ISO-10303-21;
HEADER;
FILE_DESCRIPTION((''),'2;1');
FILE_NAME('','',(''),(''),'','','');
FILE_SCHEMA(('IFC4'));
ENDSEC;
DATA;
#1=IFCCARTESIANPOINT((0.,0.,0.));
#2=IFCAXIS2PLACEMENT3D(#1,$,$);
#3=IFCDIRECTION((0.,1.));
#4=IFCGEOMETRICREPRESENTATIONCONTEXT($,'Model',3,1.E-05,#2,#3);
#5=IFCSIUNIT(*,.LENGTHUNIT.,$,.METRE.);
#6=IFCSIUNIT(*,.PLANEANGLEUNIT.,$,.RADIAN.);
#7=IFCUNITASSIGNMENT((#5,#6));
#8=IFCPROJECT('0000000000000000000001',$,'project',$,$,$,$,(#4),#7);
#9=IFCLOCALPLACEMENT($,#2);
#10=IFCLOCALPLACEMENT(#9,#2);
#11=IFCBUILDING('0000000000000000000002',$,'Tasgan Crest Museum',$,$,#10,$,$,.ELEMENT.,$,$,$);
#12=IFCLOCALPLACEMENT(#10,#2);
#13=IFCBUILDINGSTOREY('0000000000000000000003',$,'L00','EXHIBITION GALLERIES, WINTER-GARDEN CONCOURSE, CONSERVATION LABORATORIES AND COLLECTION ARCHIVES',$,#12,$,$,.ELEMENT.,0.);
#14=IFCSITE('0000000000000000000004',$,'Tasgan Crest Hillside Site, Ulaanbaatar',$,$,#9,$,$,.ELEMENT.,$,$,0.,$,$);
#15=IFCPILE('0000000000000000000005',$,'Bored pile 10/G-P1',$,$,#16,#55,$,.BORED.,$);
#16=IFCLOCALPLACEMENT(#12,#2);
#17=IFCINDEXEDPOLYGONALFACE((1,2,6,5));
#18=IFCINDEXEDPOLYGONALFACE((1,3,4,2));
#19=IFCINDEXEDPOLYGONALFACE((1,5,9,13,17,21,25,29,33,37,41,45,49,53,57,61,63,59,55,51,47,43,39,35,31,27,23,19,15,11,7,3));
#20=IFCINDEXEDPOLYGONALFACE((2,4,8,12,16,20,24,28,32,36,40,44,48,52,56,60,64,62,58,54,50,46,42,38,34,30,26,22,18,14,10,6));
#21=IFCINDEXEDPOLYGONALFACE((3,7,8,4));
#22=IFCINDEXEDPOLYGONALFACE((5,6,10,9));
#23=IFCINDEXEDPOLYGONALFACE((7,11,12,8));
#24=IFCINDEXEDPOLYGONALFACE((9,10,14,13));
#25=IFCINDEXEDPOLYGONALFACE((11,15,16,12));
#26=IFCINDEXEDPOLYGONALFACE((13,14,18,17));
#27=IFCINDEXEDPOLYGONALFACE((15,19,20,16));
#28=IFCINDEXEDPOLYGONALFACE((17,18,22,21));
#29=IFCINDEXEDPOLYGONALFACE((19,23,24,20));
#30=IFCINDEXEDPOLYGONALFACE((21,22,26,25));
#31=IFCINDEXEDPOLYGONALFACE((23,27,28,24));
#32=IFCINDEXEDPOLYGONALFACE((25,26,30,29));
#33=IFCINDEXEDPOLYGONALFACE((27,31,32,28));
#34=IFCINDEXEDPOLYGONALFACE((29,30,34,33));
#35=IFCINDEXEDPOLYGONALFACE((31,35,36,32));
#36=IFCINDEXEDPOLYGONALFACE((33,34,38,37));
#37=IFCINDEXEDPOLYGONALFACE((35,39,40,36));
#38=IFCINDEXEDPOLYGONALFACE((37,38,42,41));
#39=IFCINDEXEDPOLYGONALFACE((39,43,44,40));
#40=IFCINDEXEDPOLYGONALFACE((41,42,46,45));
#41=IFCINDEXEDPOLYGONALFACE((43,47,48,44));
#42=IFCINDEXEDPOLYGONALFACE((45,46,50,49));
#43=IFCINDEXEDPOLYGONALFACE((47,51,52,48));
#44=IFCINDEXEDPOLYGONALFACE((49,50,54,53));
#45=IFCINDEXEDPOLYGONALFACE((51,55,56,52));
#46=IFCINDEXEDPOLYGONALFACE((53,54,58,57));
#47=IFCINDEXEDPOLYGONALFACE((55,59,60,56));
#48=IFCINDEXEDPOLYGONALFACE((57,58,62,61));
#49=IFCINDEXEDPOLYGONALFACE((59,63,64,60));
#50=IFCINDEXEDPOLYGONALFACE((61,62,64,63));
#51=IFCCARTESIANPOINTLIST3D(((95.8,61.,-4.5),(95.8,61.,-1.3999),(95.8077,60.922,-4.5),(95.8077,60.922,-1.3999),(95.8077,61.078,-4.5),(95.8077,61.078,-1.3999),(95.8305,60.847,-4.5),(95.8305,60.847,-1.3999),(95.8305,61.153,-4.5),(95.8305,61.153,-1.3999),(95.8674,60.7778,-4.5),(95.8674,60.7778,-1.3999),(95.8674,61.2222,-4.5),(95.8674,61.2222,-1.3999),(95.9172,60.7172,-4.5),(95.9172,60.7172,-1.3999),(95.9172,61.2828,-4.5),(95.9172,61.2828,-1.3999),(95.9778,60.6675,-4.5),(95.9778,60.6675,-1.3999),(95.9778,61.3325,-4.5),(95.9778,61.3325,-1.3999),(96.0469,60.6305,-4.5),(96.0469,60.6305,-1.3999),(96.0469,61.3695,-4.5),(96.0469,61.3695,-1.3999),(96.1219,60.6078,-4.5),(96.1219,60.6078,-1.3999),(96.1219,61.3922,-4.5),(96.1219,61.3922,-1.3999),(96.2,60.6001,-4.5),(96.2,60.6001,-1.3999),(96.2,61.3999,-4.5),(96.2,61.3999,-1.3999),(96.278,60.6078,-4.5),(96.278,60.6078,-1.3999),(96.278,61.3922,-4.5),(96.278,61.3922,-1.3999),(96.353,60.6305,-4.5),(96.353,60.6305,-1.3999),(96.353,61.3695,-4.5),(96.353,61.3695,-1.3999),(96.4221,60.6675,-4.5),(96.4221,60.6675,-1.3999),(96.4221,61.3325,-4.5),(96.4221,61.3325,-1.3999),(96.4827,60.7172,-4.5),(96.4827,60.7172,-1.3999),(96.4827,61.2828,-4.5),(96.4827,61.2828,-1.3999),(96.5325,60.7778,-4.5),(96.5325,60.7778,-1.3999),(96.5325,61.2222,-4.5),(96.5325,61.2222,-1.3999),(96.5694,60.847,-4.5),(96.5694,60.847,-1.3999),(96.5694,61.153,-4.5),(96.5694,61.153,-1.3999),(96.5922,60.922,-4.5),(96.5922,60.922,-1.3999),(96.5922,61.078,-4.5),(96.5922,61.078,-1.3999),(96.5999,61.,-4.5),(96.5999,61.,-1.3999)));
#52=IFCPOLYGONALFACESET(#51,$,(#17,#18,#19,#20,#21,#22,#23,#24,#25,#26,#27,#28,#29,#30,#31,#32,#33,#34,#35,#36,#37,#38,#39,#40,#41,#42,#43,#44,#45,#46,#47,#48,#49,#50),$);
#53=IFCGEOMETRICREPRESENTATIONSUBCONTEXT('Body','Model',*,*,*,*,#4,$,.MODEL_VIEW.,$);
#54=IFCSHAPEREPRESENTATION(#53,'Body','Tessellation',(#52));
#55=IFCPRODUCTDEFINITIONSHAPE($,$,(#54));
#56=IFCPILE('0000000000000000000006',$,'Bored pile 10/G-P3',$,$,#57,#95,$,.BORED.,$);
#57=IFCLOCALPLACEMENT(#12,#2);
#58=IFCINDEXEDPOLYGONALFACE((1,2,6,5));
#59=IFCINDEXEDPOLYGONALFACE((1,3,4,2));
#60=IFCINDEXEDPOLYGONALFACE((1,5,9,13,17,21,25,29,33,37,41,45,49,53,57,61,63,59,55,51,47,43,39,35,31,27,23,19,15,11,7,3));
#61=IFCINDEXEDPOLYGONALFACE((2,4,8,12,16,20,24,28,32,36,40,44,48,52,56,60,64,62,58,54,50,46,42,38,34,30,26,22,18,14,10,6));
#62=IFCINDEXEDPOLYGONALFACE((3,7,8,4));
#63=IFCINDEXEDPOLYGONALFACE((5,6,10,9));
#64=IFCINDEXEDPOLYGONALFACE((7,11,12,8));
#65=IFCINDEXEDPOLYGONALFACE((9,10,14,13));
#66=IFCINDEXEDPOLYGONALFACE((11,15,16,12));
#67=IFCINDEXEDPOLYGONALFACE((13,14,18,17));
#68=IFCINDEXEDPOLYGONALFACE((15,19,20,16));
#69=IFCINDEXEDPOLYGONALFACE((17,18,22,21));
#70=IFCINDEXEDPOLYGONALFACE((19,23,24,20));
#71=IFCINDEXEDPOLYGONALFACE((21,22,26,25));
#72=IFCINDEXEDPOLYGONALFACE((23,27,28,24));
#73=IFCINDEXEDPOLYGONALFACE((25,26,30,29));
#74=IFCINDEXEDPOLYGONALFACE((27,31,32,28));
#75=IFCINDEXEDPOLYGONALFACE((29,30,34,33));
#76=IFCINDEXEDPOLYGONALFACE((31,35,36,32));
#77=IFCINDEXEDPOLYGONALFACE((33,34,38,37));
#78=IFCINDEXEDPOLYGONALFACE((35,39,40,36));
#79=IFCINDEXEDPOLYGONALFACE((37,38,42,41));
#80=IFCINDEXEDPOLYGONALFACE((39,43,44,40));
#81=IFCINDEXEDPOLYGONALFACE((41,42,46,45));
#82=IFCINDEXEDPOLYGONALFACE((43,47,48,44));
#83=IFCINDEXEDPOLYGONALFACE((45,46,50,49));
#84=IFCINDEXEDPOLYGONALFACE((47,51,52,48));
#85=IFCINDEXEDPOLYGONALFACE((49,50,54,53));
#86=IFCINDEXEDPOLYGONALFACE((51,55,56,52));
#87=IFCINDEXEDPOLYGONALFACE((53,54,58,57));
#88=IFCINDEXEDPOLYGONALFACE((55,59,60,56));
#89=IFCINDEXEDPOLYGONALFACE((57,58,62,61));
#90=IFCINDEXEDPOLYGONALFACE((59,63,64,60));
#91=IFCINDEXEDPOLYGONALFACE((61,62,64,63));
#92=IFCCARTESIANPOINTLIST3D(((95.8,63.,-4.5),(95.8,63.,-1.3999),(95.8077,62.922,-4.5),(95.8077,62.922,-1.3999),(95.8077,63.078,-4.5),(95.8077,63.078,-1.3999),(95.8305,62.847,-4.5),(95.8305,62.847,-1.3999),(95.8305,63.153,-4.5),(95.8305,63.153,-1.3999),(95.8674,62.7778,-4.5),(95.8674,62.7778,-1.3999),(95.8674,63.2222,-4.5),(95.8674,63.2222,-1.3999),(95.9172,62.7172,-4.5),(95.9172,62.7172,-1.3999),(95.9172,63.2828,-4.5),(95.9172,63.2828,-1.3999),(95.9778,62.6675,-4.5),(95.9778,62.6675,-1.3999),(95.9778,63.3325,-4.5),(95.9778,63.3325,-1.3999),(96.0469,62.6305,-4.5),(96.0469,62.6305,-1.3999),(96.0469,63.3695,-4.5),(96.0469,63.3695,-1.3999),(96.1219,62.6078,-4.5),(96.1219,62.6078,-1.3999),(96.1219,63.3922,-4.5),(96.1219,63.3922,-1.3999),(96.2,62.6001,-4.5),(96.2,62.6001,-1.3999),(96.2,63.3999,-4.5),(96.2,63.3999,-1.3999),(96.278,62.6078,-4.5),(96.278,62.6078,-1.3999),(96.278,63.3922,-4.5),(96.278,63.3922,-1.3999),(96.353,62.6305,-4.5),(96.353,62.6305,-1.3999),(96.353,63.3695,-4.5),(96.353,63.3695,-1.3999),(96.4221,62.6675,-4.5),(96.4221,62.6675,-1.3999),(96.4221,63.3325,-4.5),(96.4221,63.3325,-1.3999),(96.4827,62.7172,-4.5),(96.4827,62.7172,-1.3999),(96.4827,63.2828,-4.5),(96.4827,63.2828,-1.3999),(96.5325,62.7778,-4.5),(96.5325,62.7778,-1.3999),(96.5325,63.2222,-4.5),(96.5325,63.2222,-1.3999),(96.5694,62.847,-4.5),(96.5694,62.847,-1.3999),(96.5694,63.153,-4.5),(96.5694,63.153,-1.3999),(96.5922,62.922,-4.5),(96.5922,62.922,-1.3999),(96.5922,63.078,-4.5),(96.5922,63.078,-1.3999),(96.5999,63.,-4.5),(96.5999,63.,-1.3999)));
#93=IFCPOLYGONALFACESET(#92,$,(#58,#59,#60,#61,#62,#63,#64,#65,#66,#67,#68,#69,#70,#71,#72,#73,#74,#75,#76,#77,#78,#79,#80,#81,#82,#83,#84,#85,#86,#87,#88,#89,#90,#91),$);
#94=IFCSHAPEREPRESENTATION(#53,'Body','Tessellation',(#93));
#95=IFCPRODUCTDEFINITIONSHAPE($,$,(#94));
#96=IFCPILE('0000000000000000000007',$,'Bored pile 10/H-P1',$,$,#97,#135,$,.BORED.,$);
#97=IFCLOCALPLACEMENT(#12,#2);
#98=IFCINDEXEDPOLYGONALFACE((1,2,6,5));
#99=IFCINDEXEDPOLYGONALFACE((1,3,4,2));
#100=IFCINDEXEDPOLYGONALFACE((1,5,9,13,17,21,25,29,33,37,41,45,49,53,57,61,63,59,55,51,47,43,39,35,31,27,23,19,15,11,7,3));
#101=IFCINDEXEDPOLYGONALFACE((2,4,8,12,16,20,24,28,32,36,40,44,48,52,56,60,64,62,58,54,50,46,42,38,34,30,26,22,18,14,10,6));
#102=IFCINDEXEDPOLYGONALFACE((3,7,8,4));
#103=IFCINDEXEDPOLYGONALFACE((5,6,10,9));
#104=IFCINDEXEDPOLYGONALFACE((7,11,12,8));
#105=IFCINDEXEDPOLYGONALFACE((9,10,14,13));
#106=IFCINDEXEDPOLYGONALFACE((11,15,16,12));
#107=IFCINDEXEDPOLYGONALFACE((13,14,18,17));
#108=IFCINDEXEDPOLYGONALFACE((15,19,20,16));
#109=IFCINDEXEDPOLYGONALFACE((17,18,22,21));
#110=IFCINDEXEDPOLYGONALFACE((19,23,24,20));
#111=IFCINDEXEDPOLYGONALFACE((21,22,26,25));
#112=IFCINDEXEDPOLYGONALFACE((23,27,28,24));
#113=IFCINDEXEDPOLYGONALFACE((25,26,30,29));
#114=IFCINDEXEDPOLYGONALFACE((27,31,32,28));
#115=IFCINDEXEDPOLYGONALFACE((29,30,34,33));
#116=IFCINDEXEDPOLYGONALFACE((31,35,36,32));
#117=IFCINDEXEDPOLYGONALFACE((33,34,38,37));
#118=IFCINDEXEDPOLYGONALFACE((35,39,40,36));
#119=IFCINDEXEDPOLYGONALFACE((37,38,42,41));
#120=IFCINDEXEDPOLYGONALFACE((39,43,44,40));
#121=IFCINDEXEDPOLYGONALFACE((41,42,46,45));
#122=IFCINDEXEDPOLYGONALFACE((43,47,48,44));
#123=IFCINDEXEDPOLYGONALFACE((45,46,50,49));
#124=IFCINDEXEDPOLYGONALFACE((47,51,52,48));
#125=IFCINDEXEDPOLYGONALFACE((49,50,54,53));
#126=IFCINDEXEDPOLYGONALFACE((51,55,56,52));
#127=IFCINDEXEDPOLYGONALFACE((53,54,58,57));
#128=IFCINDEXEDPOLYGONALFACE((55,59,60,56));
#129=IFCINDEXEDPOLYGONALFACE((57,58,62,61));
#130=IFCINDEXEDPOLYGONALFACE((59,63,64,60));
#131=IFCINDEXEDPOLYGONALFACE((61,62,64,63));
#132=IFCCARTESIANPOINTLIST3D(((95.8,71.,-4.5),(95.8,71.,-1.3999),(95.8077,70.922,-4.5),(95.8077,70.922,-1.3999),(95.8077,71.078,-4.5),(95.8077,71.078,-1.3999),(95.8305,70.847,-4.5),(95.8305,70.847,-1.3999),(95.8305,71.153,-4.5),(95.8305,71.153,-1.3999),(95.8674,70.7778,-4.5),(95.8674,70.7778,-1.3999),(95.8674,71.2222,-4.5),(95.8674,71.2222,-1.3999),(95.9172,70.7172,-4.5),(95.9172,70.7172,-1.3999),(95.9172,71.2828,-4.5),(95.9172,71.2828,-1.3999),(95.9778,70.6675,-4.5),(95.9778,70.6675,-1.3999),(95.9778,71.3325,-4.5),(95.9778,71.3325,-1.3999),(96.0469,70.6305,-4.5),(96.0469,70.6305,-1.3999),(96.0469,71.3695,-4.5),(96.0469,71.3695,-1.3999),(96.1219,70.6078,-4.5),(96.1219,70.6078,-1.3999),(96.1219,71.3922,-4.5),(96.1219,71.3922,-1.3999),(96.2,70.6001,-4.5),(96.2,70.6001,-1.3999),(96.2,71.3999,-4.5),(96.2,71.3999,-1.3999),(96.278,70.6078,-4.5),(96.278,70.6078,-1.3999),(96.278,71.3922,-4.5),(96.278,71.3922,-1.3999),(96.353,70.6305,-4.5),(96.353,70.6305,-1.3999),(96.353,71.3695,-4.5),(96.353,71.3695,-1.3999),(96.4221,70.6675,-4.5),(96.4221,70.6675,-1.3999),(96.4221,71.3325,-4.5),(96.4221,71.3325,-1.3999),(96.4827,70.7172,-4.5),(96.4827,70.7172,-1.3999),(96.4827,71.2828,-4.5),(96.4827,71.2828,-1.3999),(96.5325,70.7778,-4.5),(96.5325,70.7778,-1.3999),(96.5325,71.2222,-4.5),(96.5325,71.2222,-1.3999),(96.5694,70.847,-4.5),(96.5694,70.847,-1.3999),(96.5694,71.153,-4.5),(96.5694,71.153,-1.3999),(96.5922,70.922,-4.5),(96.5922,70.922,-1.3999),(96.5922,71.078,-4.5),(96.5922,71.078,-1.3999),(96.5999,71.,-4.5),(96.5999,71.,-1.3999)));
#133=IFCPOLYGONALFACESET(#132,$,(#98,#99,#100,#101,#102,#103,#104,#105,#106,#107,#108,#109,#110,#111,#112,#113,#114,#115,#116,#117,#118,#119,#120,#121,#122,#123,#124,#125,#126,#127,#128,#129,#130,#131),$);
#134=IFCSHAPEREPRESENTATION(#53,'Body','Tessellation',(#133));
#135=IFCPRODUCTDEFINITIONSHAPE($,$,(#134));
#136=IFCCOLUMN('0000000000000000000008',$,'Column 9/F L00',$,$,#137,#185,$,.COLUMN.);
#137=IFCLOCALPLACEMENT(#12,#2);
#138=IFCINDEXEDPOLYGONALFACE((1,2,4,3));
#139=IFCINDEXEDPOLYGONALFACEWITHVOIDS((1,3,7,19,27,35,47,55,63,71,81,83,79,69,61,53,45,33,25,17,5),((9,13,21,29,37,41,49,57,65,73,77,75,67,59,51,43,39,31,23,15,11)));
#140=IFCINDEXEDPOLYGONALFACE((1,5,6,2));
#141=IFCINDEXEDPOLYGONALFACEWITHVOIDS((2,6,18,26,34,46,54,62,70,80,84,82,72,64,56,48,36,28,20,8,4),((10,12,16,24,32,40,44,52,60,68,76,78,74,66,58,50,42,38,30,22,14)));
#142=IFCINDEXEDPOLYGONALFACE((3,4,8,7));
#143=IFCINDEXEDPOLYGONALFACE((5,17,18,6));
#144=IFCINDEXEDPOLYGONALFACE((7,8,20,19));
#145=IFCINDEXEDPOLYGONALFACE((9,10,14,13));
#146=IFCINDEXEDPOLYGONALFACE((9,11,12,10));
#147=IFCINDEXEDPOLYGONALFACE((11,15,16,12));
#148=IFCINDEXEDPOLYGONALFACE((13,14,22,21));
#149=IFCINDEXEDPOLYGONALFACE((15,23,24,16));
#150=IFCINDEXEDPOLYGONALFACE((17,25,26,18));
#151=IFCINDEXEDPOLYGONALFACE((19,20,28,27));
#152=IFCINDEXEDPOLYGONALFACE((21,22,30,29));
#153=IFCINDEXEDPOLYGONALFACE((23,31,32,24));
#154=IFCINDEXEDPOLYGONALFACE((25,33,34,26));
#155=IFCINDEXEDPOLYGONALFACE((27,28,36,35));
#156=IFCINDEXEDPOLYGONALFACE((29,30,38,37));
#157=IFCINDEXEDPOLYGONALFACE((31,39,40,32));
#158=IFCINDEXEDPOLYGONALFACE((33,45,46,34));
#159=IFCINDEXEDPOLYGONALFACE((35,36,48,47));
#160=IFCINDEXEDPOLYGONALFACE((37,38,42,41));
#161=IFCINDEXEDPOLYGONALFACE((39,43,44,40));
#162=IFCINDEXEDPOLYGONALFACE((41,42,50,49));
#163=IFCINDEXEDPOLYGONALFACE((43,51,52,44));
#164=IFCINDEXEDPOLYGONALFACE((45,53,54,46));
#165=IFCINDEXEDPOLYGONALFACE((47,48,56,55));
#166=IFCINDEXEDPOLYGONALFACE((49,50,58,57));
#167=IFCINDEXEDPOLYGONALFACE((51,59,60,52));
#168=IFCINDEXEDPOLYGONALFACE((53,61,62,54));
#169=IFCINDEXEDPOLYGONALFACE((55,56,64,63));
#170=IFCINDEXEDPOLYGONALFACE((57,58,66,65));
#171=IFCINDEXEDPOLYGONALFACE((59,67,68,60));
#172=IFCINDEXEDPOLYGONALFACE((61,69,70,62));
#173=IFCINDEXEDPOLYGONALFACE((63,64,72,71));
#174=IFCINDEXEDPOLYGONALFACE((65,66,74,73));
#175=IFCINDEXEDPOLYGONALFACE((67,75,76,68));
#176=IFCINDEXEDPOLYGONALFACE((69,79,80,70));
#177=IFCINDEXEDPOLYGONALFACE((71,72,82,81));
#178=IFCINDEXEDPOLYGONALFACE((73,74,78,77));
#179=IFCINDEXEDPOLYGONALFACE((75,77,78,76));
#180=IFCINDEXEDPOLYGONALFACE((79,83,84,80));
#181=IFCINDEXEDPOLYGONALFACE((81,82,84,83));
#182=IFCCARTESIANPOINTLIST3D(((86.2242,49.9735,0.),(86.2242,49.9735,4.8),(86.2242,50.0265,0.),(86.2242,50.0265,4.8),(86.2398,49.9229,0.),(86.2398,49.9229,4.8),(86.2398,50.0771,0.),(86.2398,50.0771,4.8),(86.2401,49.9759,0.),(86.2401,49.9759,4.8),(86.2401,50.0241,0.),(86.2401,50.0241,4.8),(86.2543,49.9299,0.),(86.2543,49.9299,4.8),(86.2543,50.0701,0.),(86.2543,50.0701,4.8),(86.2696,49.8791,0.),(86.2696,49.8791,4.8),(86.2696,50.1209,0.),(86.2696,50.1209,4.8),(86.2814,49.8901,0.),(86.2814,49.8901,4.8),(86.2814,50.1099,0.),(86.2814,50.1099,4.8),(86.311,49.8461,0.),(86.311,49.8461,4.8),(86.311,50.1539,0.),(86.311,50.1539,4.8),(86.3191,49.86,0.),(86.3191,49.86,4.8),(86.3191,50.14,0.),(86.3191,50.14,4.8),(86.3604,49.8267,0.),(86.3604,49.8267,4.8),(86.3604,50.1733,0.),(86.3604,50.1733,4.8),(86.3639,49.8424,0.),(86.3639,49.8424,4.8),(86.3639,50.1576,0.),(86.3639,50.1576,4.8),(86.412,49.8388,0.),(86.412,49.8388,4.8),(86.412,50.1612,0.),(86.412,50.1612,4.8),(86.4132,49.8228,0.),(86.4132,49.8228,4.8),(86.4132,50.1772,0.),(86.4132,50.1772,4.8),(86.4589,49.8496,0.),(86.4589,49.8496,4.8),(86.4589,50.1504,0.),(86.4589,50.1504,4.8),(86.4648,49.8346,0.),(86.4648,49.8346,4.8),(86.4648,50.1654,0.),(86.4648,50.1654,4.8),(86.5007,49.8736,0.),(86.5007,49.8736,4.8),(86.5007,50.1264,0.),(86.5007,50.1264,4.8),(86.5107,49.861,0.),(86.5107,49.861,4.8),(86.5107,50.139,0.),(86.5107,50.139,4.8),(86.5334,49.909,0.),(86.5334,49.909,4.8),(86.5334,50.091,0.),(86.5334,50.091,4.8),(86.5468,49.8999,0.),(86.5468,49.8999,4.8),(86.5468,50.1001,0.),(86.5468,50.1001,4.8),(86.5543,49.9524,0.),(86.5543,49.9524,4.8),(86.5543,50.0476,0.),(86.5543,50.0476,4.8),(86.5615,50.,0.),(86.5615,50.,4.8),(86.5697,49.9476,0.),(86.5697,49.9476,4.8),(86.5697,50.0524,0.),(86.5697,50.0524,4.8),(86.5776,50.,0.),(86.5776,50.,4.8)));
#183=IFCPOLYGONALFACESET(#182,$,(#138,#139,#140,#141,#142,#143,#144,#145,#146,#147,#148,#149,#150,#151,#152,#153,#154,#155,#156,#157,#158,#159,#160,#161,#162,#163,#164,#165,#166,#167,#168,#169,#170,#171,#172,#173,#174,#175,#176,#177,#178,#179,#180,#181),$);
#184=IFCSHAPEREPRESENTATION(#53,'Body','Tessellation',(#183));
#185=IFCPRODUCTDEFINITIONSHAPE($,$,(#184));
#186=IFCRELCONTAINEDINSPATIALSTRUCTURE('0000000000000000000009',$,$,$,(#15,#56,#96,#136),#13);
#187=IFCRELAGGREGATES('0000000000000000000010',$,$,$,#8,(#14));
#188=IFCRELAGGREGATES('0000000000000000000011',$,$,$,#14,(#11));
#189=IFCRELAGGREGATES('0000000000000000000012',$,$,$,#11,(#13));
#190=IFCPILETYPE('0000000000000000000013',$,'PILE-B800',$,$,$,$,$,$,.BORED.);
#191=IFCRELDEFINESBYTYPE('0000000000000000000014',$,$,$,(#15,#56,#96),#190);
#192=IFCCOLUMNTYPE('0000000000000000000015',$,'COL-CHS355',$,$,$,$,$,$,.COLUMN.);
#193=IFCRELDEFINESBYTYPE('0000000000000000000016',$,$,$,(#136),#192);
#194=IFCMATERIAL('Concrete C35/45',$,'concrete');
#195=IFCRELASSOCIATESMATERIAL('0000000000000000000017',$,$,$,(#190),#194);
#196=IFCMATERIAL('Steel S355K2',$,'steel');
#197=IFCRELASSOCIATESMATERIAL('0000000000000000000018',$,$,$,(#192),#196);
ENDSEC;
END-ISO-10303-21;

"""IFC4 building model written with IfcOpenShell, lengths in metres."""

from ifc_helpers import new_model, si_unit, direction, frame, origin, origin_2d, place, context, subcontext, project, spatial, circle, hollow_circle, extrude, material, material_profile, profile_set, type_object, element, save


model = new_model("IFC4")

# Units and contexts
model_context = context("Model", 3, precision=1e-05, world=origin(), true_north=direction((0.0, 1.0)))
body_context = subcontext(model_context, "Body", "Model", "MODEL_VIEW")
ifc_project = project(units=[si_unit("LENGTHUNIT", "METRE"), si_unit("PLANEANGLEUNIT", "RADIAN")], contexts=[model_context])

# Site, building, storey
site_placement = place(None, origin())
site = spatial("IfcSite", under=ifc_project, at=site_placement, Name="Tasgan Crest Hillside Site, Ulaanbaatar", CompositionType="ELEMENT", RefElevation=0.0)
building_placement = place(site_placement, origin())
building = spatial("IfcBuilding", under=site, at=building_placement, Name="Tasgan Crest Museum", CompositionType="ELEMENT")
storey_placement = place(building_placement, origin())
storey = spatial("IfcBuildingStorey", under=building, at=storey_placement, Name="L00", Description="EXHIBITION GALLERIES, WINTER-GARDEN CONCOURSE, CONSERVATION LABORATORIES AND COLLECTION ARCHIVES", CompositionType="ELEMENT", Elevation=0.0)

# Piles
ifc_material_1 = material(Name="Concrete C35/45", Category="concrete")
ifc_material_profile_1 = material_profile(ifc_material_1, circle(Radius=0.3999, at=origin_2d()), Name="PILE D800")
ifc_profile_set_1 = profile_set([ifc_material_profile_1], Name="Concrete C35/45")
pile_type = type_object("IfcPileType", Name="PILE-B800", PredefinedType="BORED", material=ifc_profile_set_1)
for number, where, z_axis, x_axis, name in (
    (1, (96.2, 61.0, -1.3999), (0.0, 0.0, -1.0), (1.0, 0.0, 0.0), "Bored pile 10/G-P1"),
    (2, (96.2, 63.0, -1.3999), (0.0, 0.0, -1.0), (1.0, 0.0, 0.0), "Bored pile 10/G-P3"),
    (3, (96.2, 71.0, -1.3999), (0.0, 0.0, -1.0), (1.0, 0.0, 0.0), "Bored pile 10/H-P1"),
):
    element("IfcPile", number, at=place(storey_placement, frame(where, z_axis=z_axis, x_axis=x_axis)), inside=storey, type_object=pile_type, Name=name, PredefinedType="BORED", context=body_context, shape_type="SweptSolid", body=[
        extrude(circle(Radius=0.3999, at=origin_2d()), origin(), (0.0, 0.0, 1.0), 3.1001),
    ])

# Column
ifc_material_2 = material(Name="Steel S355K2", Category="steel")
ifc_material_profile_2 = material_profile(ifc_material_2, hollow_circle(Radius=0.1777, WallThickness=0.0161, at=origin_2d()), Name="CHS 355.6x16")
ifc_profile_set_2 = profile_set([ifc_material_profile_2], Name="Steel S355K2")
column_type = type_object("IfcColumnType", Name="COL-CHS355", PredefinedType="COLUMN", material=ifc_profile_set_2)
for number, where, z_axis, x_axis, name in (
    (4, (86.3999, 50.0, 0.0), (0.0, 0.0, 1.0), (1.0, 0.0, 0.0), "Column 9/F L00"),
):
    element("IfcColumn", number, at=place(storey_placement, frame(where, z_axis=z_axis, x_axis=x_axis)), inside=storey, type_object=column_type, Name=name, PredefinedType="COLUMN", context=body_context, shape_type="SweptSolid", body=[
        extrude(hollow_circle(Radius=0.1777, WallThickness=0.0161, at=origin_2d()), origin(), (0.0, 0.0, 1.0), 4.8),
    ])

save(model, "model.ifc")
